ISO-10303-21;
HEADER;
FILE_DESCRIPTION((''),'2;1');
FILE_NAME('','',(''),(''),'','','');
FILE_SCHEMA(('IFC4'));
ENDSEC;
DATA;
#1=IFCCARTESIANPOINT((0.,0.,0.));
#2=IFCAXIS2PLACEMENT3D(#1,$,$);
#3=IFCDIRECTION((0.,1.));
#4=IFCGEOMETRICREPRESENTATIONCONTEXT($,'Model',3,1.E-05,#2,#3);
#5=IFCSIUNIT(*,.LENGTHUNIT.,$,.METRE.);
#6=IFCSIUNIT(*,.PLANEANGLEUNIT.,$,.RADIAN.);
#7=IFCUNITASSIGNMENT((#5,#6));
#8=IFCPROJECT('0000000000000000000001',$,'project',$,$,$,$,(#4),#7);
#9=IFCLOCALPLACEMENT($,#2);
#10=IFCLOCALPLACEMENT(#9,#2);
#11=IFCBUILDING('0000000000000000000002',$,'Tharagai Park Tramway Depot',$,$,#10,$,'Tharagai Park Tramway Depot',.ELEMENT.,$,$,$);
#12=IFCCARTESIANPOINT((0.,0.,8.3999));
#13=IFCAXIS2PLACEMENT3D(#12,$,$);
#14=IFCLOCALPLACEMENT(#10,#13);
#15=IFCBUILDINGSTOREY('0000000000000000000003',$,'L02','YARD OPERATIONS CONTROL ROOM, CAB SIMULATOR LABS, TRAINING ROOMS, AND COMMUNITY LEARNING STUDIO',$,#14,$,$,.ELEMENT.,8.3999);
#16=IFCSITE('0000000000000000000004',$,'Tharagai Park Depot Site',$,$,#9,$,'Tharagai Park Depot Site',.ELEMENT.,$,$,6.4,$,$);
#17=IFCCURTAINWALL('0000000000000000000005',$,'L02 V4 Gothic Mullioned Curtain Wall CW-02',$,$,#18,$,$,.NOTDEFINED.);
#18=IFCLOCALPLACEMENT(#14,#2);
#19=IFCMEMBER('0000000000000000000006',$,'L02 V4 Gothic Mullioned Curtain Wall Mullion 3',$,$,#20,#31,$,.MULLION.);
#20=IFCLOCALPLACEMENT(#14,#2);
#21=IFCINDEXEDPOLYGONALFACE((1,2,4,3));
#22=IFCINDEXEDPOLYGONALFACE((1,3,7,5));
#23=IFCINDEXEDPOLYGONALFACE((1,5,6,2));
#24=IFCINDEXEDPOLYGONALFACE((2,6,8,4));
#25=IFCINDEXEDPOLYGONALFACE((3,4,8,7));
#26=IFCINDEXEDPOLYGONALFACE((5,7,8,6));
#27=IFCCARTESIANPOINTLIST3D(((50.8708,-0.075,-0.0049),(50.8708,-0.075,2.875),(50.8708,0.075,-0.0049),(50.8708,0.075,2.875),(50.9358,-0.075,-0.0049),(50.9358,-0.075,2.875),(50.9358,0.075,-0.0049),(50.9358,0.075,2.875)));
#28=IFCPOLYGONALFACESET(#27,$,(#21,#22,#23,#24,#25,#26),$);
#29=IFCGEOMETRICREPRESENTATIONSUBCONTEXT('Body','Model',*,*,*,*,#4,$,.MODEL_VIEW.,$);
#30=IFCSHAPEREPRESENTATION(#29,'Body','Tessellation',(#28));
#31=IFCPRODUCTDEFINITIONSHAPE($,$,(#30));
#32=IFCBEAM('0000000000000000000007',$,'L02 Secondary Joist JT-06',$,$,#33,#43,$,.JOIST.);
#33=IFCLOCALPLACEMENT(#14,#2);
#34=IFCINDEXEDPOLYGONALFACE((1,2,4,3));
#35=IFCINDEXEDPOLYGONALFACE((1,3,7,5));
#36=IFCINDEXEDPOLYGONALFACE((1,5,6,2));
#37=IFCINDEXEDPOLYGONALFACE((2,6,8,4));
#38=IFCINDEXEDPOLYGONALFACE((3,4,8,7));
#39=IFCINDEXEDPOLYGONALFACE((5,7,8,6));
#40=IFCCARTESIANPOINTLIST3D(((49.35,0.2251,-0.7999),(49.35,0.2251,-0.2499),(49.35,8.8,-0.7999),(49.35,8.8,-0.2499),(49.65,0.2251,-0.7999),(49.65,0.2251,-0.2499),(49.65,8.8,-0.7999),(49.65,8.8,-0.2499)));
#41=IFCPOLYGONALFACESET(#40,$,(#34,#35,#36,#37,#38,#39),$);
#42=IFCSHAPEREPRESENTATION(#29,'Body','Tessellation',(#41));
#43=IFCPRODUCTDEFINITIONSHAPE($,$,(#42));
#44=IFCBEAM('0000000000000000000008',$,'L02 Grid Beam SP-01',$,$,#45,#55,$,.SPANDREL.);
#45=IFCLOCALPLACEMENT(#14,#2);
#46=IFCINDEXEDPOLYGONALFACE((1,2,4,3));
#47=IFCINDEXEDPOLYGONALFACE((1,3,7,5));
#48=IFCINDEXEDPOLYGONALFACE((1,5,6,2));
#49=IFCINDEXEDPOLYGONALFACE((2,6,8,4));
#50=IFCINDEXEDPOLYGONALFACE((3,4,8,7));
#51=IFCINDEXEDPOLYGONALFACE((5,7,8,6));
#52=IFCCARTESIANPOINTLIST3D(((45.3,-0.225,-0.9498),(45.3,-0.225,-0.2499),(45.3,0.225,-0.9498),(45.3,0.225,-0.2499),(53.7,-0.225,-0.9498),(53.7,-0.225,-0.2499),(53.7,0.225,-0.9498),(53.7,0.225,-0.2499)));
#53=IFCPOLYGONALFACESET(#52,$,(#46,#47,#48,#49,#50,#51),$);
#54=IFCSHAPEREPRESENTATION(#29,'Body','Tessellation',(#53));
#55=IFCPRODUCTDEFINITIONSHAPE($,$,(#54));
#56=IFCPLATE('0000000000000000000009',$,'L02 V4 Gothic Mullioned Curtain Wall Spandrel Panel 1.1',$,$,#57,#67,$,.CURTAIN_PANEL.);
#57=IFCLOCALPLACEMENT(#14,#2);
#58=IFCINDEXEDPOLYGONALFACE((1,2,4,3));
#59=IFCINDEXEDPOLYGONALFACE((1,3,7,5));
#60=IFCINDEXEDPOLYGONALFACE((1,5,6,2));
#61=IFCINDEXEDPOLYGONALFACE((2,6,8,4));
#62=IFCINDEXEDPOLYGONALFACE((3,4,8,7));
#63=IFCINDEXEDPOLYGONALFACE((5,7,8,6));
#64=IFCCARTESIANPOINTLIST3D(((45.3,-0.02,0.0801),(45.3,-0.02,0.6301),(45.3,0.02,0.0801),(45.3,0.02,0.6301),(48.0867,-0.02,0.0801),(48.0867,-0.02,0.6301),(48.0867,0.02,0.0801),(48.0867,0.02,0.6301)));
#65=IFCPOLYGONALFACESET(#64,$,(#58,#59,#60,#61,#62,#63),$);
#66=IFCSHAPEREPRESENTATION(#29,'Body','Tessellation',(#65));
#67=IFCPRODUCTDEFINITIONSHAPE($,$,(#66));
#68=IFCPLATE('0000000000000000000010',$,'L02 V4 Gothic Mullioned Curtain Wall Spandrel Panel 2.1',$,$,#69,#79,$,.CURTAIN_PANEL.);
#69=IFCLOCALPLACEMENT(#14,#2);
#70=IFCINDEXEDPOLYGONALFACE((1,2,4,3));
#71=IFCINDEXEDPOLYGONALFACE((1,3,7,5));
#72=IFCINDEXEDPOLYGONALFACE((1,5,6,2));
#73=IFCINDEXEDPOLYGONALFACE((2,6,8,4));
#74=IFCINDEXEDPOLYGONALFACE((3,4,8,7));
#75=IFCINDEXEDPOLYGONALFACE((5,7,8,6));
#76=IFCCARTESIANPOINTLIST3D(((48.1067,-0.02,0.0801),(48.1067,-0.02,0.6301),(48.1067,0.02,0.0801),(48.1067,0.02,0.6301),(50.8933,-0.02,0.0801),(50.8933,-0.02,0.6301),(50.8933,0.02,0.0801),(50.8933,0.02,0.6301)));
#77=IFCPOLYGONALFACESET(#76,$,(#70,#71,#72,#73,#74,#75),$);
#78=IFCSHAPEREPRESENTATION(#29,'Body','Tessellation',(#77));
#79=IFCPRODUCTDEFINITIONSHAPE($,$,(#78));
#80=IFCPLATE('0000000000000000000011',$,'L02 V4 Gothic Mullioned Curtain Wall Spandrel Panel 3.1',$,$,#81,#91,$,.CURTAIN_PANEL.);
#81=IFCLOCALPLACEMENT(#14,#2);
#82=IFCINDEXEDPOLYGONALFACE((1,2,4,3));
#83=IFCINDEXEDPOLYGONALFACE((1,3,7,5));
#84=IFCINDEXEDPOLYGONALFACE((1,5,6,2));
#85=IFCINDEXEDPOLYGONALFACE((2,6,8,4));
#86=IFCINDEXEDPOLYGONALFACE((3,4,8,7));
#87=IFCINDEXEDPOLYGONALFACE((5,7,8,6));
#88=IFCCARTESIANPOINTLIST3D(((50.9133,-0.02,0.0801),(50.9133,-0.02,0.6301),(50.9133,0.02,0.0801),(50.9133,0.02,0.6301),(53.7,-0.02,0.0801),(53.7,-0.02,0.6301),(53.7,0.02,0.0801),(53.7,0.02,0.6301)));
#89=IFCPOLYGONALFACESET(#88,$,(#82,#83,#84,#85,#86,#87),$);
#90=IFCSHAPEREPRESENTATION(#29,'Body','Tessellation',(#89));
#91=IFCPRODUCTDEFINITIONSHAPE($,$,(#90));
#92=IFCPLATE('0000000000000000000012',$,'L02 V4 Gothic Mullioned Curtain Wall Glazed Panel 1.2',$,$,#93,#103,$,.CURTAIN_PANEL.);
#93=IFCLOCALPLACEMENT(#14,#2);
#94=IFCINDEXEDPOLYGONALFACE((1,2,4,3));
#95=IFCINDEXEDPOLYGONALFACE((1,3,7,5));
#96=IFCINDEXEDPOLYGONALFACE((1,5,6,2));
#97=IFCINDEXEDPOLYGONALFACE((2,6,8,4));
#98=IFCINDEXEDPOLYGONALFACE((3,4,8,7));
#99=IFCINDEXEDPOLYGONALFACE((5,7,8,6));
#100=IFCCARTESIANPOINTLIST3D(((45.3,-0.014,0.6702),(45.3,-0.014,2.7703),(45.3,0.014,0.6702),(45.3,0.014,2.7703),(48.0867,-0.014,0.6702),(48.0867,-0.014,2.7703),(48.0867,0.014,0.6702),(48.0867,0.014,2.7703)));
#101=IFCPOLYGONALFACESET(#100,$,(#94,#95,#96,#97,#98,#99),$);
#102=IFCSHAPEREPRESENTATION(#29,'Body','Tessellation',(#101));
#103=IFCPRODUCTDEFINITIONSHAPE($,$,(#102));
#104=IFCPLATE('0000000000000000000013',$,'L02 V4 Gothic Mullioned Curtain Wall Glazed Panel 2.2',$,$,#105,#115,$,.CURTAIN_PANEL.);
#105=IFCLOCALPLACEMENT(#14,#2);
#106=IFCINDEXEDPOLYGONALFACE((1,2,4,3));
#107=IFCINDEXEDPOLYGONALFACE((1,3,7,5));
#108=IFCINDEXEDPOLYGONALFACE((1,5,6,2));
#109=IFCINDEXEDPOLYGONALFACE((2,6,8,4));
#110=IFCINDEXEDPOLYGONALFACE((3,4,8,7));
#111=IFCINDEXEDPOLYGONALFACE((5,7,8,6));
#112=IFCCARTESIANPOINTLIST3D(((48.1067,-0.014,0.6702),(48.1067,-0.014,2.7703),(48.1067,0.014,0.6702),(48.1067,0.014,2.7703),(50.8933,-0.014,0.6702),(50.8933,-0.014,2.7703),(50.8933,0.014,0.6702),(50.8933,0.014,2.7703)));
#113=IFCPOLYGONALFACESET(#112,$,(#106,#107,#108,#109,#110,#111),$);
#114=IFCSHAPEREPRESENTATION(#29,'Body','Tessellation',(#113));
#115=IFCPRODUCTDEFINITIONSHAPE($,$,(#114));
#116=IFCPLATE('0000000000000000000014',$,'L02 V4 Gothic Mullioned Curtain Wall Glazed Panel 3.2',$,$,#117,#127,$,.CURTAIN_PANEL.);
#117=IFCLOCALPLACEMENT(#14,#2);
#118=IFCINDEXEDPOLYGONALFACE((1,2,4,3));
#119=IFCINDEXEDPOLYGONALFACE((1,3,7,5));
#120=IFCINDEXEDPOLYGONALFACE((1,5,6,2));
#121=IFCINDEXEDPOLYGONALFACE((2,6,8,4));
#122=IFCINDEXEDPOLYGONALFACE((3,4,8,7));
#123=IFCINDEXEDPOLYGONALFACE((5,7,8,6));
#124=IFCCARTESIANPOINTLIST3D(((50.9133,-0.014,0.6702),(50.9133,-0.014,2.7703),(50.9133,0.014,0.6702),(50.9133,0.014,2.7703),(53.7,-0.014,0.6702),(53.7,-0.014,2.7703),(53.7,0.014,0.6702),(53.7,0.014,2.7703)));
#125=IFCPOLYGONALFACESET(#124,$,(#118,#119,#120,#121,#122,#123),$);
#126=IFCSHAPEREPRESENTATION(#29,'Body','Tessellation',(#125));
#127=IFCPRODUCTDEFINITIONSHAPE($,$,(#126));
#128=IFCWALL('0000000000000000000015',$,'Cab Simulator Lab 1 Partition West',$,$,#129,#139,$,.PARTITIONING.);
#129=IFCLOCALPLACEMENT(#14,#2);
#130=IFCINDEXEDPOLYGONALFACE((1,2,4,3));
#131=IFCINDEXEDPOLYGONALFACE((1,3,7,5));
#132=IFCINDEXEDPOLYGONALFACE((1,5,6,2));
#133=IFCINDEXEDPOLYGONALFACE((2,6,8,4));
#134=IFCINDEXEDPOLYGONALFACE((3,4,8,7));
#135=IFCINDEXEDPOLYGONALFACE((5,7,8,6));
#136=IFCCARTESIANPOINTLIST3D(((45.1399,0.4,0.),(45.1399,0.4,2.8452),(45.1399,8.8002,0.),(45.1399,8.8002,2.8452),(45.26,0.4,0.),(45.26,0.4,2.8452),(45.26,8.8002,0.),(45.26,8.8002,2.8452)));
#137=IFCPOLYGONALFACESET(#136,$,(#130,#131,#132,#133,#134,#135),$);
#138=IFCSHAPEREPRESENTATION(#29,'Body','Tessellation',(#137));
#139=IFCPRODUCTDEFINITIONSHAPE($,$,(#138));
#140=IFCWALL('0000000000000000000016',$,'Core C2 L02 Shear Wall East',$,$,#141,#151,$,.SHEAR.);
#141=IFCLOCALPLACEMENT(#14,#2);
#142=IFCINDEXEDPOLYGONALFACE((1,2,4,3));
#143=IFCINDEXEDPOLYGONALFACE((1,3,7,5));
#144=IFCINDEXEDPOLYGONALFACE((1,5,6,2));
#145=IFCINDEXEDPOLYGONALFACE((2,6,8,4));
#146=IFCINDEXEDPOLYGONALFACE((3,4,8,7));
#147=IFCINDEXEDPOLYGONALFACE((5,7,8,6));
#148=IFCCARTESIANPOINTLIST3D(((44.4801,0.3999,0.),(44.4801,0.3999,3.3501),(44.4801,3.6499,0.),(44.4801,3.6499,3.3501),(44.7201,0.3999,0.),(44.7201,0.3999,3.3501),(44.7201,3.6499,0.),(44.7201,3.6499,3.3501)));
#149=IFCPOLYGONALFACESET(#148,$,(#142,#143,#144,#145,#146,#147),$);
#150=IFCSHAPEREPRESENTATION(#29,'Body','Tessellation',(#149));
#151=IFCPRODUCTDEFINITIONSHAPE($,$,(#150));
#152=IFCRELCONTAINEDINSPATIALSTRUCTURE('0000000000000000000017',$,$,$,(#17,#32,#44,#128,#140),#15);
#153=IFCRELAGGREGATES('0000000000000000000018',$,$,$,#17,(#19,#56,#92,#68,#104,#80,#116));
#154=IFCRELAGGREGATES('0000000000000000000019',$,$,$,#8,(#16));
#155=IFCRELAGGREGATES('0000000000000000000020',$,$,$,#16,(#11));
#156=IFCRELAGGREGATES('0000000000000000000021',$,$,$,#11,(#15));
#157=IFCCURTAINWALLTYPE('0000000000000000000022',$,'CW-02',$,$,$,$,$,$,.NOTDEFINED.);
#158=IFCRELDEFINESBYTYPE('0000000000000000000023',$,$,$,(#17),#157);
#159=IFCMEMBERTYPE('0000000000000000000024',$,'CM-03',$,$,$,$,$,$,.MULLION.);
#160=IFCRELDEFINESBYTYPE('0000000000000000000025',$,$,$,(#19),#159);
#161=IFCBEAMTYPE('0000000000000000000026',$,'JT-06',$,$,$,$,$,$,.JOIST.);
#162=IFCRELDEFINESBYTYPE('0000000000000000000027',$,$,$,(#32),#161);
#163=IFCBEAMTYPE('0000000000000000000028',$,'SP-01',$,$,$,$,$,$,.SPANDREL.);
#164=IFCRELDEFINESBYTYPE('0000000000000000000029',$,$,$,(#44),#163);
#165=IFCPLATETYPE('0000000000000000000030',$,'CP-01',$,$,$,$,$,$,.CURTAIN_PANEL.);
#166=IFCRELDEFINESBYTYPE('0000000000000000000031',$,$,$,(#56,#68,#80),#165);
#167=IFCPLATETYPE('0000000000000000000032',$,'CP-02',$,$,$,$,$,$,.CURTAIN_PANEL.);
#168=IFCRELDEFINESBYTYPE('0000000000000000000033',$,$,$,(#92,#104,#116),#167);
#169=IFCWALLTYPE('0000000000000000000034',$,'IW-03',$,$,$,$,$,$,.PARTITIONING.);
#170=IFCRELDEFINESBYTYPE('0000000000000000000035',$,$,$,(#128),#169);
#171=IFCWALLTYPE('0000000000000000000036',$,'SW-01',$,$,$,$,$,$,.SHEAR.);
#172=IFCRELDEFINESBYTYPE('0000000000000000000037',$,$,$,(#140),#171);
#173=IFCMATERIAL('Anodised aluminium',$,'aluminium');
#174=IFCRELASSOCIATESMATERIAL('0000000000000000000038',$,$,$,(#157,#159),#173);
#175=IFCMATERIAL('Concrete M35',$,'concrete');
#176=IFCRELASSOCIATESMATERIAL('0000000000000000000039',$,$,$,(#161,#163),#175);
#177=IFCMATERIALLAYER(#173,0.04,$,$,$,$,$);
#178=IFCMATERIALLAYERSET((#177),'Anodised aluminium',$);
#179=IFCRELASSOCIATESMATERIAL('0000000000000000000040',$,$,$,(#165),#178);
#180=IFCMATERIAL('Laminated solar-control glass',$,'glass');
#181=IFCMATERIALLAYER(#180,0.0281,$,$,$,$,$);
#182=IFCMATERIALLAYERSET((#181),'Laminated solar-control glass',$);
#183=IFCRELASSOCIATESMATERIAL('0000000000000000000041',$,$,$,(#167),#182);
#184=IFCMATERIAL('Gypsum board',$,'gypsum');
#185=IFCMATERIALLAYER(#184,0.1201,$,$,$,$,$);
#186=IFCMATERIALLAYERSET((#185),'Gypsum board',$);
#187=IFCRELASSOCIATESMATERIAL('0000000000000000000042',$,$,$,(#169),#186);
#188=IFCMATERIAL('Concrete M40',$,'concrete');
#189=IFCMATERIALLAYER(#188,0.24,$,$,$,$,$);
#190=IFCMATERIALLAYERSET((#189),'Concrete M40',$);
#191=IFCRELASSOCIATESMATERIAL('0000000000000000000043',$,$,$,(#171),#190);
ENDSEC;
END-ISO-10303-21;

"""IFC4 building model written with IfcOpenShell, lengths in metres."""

from ifc_helpers import new_model, si_unit, direction, frame, frame_2d, origin, origin_2d, place, context, subcontext, project, spatial, rectangle, extrude, material, layer, layer_set, material_profile, profile_set, type_object, element, aggregate, save


model = new_model("IFC4")

# Units and contexts
model_context = context("Model", 3, precision=1e-05, world=origin(), true_north=direction((0.0, 1.0)))
body_context = subcontext(model_context, "Body", "Model", "MODEL_VIEW")
ifc_project = project(units=[si_unit("LENGTHUNIT", "METRE"), si_unit("PLANEANGLEUNIT", "RADIAN")], contexts=[model_context])

# Site, building, storey
site_placement = place(None, origin())
site = spatial("IfcSite", under=ifc_project, at=site_placement, Name="Tharagai Park Depot Site", LongName="Tharagai Park Depot Site", CompositionType="ELEMENT", RefElevation=6.4)
building_placement = place(site_placement, origin())
building = spatial("IfcBuilding", under=site, at=building_placement, Name="Tharagai Park Tramway Depot", LongName="Tharagai Park Tramway Depot", CompositionType="ELEMENT")
storey_placement = place(building_placement, frame((0.0, 0.0, 8.3999)))
storey = spatial("IfcBuildingStorey", under=building, at=storey_placement, Name="L02", Description="YARD OPERATIONS CONTROL ROOM, CAB SIMULATOR LABS, TRAINING ROOMS, AND COMMUNITY LEARNING STUDIO", CompositionType="ELEMENT", Elevation=8.3999)

# Shared definitions
ifc_material_1 = material(Name="Concrete M40", Category="concrete")

# Shared definitions
ifc_material_2 = material(Name="Concrete M35", Category="concrete")

# Curtain wall, member
ifc_material_3 = material(Name="Anodised aluminium", Category="aluminium")
curtain_wall_type = type_object("IfcCurtainWallType", Name="CW-02", PredefinedType="NOTDEFINED", material=ifc_material_3)
curtain_wall_placement = place(storey_placement, origin())
curtain_wall = element("IfcCurtainWall", 1, at=curtain_wall_placement, inside=storey, type_object=curtain_wall_type, Name="L02 V4 Gothic Mullioned Curtain Wall CW-02", PredefinedType="NOTDEFINED")
ifc_material_profile_1 = material_profile(ifc_material_3, rectangle(XDim=0.0649, YDim=0.1499, at=origin_2d()), Name="ALU 65x150")
ifc_profile_set_1 = profile_set([ifc_material_profile_1], Name="Anodised aluminium")
member_type_1 = type_object("IfcMemberType", Name="CM-03", PredefinedType="MULLION", material=ifc_profile_set_1)
member_1_placement = place(storey_placement, frame((50.9033, 0.0, -0.0049), z_axis=(0.0, 0.0, 1.0), x_axis=(1.0, 0.0, 0.0)))
member_1 = element("IfcMember", 2, at=member_1_placement, type_object=member_type_1, Name="L02 V4 Gothic Mullioned Curtain Wall Mullion 3", PredefinedType="MULLION", context=body_context, shape_type="SweptSolid", body=[
    extrude(rectangle(XDim=0.0649, YDim=0.1499, at=origin_2d()), origin(), (0.0, 0.0, 1.0), 2.8799),
])

# Beams
ifc_material_profile_2 = material_profile(ifc_material_2, rectangle(XDim=0.3, YDim=0.55, at=origin_2d()), Name="RC 300x550")
ifc_profile_set_2 = profile_set([ifc_material_profile_2], Name="Concrete M35")
beam_type_1 = type_object("IfcBeamType", Name="JT-06", PredefinedType="JOIST", material=ifc_profile_set_2)
beam_1_placement = place(storey_placement, frame((49.5, 0.2251, -0.5249), z_axis=(0.0, 1.0, 0.0), x_axis=(-1.0, 0.0, 0.0)))
element("IfcBeam", 3, at=beam_1_placement, inside=storey, type_object=beam_type_1, Name="L02 Secondary Joist JT-06", PredefinedType="JOIST", context=body_context, shape_type="SweptSolid", body=[
    extrude(rectangle(XDim=0.3, YDim=0.55, at=origin_2d()), origin(), (0.0, 0.0, 1.0), 8.575),
])
ifc_material_profile_3 = material_profile(ifc_material_2, rectangle(XDim=0.45, YDim=0.7, at=origin_2d()), Name="RC 450x700")
ifc_profile_set_3 = profile_set([ifc_material_profile_3], Name="Concrete M35")
beam_type_2 = type_object("IfcBeamType", Name="SP-01", PredefinedType="SPANDREL", material=ifc_profile_set_3)
beam_2_placement = place(storey_placement, frame((45.3, 0.0, -0.5999), z_axis=(1.0, 0.0, 0.0), x_axis=(0.0, 1.0, 0.0)))
element("IfcBeam", 4, at=beam_2_placement, inside=storey, type_object=beam_type_2, Name="L02 Grid Beam SP-01", PredefinedType="SPANDREL", context=body_context, shape_type="SweptSolid", body=[
    extrude(rectangle(XDim=0.45, YDim=0.7, at=origin_2d()), origin(), (0.0, 0.0, 1.0), 8.3999),
])

# Plates
ifc_layer_1 = layer(ifc_material_3, 0.04)
ifc_layer_set_1 = layer_set([ifc_layer_1], Name="Anodised aluminium")
plate_type_1 = type_object("IfcPlateType", Name="CP-01", PredefinedType="CURTAIN_PANEL", material=ifc_layer_set_1)
plate_1_placement = place(storey_placement, frame((46.6934, 0.0, 0.0801), z_axis=(0.0, 0.0, 1.0), x_axis=(1.0, 0.0, 0.0)))
plate_1 = element("IfcPlate", 5, at=plate_1_placement, type_object=plate_type_1, Name="L02 V4 Gothic Mullioned Curtain Wall Spandrel Panel 1.1", PredefinedType="CURTAIN_PANEL", context=body_context, shape_type="SweptSolid", body=[
    extrude(rectangle(XDim=2.7866, YDim=0.04, at=origin_2d()), origin(), (0.0, 0.0, 1.0), 0.55),
])
plate_2_placement = place(storey_placement, frame((49.5, 0.0, 0.0801), z_axis=(0.0, 0.0, 1.0), x_axis=(1.0, 0.0, 0.0)))
plate_2 = element("IfcPlate", 6, at=plate_2_placement, type_object=plate_type_1, Name="L02 V4 Gothic Mullioned Curtain Wall Spandrel Panel 2.1", PredefinedType="CURTAIN_PANEL", context=body_context, shape_type="SweptSolid", body=[
    extrude(rectangle(XDim=2.7866, YDim=0.04, at=origin_2d()), origin(), (0.0, 0.0, 1.0), 0.55),
])
plate_3_placement = place(storey_placement, frame((52.3066, 0.0, 0.0801), z_axis=(0.0, 0.0, 1.0), x_axis=(1.0, 0.0, 0.0)))
plate_3 = element("IfcPlate", 7, at=plate_3_placement, type_object=plate_type_1, Name="L02 V4 Gothic Mullioned Curtain Wall Spandrel Panel 3.1", PredefinedType="CURTAIN_PANEL", context=body_context, shape_type="SweptSolid", body=[
    extrude(rectangle(XDim=2.7866, YDim=0.04, at=origin_2d()), origin(), (0.0, 0.0, 1.0), 0.55),
])
ifc_material_4 = material(Name="Laminated solar-control glass", Category="glass")
ifc_layer_2 = layer(ifc_material_4, 0.0281)
ifc_layer_set_2 = layer_set([ifc_layer_2], Name="Laminated solar-control glass")
plate_type_2 = type_object("IfcPlateType", Name="CP-02", PredefinedType="CURTAIN_PANEL", material=ifc_layer_set_2)
plate_4_placement = place(storey_placement, frame((46.6934, 0.0, 0.6702), z_axis=(0.0, 0.0, 1.0), x_axis=(1.0, 0.0, 0.0)))
plate_4 = element("IfcPlate", 8, at=plate_4_placement, type_object=plate_type_2, Name="L02 V4 Gothic Mullioned Curtain Wall Glazed Panel 1.2", PredefinedType="CURTAIN_PANEL", context=body_context, shape_type="SweptSolid", body=[
    extrude(rectangle(XDim=2.7866, YDim=0.0281, at=origin_2d()), origin(), (0.0, 0.0, 1.0), 2.1001),
])
plate_5_placement = place(storey_placement, frame((49.5, 0.0, 0.6702), z_axis=(0.0, 0.0, 1.0), x_axis=(1.0, 0.0, 0.0)))
plate_5 = element("IfcPlate", 9, at=plate_5_placement, type_object=plate_type_2, Name="L02 V4 Gothic Mullioned Curtain Wall Glazed Panel 2.2", PredefinedType="CURTAIN_PANEL", context=body_context, shape_type="SweptSolid", body=[
    extrude(rectangle(XDim=2.7866, YDim=0.0281, at=origin_2d()), origin(), (0.0, 0.0, 1.0), 2.1001),
])
plate_6_placement = place(storey_placement, frame((52.3066, 0.0, 0.6702), z_axis=(0.0, 0.0, 1.0), x_axis=(1.0, 0.0, 0.0)))
plate_6 = element("IfcPlate", 10, at=plate_6_placement, type_object=plate_type_2, Name="L02 V4 Gothic Mullioned Curtain Wall Glazed Panel 3.2", PredefinedType="CURTAIN_PANEL", context=body_context, shape_type="SweptSolid", body=[
    extrude(rectangle(XDim=2.7866, YDim=0.0281, at=origin_2d()), origin(), (0.0, 0.0, 1.0), 2.1001),
])
aggregate(curtain_wall, [member_1, plate_1, plate_4, plate_2, plate_5, plate_3, plate_6])

# Walls
ifc_material_5 = material(Name="Gypsum board", Category="gypsum")
ifc_layer_3 = layer(ifc_material_5, 0.1201)
ifc_layer_set_3 = layer_set([ifc_layer_3], Name="Gypsum board")
wall_type_1 = type_object("IfcWallType", Name="IW-03", PredefinedType="PARTITIONING", material=ifc_layer_set_3)
wall_1_placement = place(storey_placement, frame((45.2, 0.3999, 0.0), z_axis=(0.0, 0.0, 1.0), x_axis=(0.0, 1.0, 0.0)))
element("IfcWall", 11, at=wall_1_placement, inside=storey, type_object=wall_type_1, Name="Cab Simulator Lab 1 Partition West", PredefinedType="PARTITIONING", context=body_context, shape_type="SweptSolid", body=[
    extrude(rectangle(XDim=8.4001, YDim=0.1201, at=frame_2d((4.2002, 0.0))), origin(), (0.0, 0.0, 1.0), 2.8452),
])
ifc_layer_4 = layer(ifc_material_1, 0.24)
ifc_layer_set_4 = layer_set([ifc_layer_4], Name="Concrete M40")
wall_type_2 = type_object("IfcWallType", Name="SW-01", PredefinedType="SHEAR", material=ifc_layer_set_4)
wall_2_placement = place(storey_placement, frame((44.6001, 0.3999, 0.0), z_axis=(0.0, 0.0, 1.0), x_axis=(0.0, 1.0, 0.0)))
element("IfcWall", 12, at=wall_2_placement, inside=storey, type_object=wall_type_2, Name="Core C2 L02 Shear Wall East", PredefinedType="SHEAR", context=body_context, shape_type="SweptSolid", body=[
    extrude(rectangle(XDim=3.25, YDim=0.24, at=frame_2d((1.625, 0.0))), origin(), (0.0, 0.0, 1.0), 3.3501),
])

save(model, "model.ifc")
